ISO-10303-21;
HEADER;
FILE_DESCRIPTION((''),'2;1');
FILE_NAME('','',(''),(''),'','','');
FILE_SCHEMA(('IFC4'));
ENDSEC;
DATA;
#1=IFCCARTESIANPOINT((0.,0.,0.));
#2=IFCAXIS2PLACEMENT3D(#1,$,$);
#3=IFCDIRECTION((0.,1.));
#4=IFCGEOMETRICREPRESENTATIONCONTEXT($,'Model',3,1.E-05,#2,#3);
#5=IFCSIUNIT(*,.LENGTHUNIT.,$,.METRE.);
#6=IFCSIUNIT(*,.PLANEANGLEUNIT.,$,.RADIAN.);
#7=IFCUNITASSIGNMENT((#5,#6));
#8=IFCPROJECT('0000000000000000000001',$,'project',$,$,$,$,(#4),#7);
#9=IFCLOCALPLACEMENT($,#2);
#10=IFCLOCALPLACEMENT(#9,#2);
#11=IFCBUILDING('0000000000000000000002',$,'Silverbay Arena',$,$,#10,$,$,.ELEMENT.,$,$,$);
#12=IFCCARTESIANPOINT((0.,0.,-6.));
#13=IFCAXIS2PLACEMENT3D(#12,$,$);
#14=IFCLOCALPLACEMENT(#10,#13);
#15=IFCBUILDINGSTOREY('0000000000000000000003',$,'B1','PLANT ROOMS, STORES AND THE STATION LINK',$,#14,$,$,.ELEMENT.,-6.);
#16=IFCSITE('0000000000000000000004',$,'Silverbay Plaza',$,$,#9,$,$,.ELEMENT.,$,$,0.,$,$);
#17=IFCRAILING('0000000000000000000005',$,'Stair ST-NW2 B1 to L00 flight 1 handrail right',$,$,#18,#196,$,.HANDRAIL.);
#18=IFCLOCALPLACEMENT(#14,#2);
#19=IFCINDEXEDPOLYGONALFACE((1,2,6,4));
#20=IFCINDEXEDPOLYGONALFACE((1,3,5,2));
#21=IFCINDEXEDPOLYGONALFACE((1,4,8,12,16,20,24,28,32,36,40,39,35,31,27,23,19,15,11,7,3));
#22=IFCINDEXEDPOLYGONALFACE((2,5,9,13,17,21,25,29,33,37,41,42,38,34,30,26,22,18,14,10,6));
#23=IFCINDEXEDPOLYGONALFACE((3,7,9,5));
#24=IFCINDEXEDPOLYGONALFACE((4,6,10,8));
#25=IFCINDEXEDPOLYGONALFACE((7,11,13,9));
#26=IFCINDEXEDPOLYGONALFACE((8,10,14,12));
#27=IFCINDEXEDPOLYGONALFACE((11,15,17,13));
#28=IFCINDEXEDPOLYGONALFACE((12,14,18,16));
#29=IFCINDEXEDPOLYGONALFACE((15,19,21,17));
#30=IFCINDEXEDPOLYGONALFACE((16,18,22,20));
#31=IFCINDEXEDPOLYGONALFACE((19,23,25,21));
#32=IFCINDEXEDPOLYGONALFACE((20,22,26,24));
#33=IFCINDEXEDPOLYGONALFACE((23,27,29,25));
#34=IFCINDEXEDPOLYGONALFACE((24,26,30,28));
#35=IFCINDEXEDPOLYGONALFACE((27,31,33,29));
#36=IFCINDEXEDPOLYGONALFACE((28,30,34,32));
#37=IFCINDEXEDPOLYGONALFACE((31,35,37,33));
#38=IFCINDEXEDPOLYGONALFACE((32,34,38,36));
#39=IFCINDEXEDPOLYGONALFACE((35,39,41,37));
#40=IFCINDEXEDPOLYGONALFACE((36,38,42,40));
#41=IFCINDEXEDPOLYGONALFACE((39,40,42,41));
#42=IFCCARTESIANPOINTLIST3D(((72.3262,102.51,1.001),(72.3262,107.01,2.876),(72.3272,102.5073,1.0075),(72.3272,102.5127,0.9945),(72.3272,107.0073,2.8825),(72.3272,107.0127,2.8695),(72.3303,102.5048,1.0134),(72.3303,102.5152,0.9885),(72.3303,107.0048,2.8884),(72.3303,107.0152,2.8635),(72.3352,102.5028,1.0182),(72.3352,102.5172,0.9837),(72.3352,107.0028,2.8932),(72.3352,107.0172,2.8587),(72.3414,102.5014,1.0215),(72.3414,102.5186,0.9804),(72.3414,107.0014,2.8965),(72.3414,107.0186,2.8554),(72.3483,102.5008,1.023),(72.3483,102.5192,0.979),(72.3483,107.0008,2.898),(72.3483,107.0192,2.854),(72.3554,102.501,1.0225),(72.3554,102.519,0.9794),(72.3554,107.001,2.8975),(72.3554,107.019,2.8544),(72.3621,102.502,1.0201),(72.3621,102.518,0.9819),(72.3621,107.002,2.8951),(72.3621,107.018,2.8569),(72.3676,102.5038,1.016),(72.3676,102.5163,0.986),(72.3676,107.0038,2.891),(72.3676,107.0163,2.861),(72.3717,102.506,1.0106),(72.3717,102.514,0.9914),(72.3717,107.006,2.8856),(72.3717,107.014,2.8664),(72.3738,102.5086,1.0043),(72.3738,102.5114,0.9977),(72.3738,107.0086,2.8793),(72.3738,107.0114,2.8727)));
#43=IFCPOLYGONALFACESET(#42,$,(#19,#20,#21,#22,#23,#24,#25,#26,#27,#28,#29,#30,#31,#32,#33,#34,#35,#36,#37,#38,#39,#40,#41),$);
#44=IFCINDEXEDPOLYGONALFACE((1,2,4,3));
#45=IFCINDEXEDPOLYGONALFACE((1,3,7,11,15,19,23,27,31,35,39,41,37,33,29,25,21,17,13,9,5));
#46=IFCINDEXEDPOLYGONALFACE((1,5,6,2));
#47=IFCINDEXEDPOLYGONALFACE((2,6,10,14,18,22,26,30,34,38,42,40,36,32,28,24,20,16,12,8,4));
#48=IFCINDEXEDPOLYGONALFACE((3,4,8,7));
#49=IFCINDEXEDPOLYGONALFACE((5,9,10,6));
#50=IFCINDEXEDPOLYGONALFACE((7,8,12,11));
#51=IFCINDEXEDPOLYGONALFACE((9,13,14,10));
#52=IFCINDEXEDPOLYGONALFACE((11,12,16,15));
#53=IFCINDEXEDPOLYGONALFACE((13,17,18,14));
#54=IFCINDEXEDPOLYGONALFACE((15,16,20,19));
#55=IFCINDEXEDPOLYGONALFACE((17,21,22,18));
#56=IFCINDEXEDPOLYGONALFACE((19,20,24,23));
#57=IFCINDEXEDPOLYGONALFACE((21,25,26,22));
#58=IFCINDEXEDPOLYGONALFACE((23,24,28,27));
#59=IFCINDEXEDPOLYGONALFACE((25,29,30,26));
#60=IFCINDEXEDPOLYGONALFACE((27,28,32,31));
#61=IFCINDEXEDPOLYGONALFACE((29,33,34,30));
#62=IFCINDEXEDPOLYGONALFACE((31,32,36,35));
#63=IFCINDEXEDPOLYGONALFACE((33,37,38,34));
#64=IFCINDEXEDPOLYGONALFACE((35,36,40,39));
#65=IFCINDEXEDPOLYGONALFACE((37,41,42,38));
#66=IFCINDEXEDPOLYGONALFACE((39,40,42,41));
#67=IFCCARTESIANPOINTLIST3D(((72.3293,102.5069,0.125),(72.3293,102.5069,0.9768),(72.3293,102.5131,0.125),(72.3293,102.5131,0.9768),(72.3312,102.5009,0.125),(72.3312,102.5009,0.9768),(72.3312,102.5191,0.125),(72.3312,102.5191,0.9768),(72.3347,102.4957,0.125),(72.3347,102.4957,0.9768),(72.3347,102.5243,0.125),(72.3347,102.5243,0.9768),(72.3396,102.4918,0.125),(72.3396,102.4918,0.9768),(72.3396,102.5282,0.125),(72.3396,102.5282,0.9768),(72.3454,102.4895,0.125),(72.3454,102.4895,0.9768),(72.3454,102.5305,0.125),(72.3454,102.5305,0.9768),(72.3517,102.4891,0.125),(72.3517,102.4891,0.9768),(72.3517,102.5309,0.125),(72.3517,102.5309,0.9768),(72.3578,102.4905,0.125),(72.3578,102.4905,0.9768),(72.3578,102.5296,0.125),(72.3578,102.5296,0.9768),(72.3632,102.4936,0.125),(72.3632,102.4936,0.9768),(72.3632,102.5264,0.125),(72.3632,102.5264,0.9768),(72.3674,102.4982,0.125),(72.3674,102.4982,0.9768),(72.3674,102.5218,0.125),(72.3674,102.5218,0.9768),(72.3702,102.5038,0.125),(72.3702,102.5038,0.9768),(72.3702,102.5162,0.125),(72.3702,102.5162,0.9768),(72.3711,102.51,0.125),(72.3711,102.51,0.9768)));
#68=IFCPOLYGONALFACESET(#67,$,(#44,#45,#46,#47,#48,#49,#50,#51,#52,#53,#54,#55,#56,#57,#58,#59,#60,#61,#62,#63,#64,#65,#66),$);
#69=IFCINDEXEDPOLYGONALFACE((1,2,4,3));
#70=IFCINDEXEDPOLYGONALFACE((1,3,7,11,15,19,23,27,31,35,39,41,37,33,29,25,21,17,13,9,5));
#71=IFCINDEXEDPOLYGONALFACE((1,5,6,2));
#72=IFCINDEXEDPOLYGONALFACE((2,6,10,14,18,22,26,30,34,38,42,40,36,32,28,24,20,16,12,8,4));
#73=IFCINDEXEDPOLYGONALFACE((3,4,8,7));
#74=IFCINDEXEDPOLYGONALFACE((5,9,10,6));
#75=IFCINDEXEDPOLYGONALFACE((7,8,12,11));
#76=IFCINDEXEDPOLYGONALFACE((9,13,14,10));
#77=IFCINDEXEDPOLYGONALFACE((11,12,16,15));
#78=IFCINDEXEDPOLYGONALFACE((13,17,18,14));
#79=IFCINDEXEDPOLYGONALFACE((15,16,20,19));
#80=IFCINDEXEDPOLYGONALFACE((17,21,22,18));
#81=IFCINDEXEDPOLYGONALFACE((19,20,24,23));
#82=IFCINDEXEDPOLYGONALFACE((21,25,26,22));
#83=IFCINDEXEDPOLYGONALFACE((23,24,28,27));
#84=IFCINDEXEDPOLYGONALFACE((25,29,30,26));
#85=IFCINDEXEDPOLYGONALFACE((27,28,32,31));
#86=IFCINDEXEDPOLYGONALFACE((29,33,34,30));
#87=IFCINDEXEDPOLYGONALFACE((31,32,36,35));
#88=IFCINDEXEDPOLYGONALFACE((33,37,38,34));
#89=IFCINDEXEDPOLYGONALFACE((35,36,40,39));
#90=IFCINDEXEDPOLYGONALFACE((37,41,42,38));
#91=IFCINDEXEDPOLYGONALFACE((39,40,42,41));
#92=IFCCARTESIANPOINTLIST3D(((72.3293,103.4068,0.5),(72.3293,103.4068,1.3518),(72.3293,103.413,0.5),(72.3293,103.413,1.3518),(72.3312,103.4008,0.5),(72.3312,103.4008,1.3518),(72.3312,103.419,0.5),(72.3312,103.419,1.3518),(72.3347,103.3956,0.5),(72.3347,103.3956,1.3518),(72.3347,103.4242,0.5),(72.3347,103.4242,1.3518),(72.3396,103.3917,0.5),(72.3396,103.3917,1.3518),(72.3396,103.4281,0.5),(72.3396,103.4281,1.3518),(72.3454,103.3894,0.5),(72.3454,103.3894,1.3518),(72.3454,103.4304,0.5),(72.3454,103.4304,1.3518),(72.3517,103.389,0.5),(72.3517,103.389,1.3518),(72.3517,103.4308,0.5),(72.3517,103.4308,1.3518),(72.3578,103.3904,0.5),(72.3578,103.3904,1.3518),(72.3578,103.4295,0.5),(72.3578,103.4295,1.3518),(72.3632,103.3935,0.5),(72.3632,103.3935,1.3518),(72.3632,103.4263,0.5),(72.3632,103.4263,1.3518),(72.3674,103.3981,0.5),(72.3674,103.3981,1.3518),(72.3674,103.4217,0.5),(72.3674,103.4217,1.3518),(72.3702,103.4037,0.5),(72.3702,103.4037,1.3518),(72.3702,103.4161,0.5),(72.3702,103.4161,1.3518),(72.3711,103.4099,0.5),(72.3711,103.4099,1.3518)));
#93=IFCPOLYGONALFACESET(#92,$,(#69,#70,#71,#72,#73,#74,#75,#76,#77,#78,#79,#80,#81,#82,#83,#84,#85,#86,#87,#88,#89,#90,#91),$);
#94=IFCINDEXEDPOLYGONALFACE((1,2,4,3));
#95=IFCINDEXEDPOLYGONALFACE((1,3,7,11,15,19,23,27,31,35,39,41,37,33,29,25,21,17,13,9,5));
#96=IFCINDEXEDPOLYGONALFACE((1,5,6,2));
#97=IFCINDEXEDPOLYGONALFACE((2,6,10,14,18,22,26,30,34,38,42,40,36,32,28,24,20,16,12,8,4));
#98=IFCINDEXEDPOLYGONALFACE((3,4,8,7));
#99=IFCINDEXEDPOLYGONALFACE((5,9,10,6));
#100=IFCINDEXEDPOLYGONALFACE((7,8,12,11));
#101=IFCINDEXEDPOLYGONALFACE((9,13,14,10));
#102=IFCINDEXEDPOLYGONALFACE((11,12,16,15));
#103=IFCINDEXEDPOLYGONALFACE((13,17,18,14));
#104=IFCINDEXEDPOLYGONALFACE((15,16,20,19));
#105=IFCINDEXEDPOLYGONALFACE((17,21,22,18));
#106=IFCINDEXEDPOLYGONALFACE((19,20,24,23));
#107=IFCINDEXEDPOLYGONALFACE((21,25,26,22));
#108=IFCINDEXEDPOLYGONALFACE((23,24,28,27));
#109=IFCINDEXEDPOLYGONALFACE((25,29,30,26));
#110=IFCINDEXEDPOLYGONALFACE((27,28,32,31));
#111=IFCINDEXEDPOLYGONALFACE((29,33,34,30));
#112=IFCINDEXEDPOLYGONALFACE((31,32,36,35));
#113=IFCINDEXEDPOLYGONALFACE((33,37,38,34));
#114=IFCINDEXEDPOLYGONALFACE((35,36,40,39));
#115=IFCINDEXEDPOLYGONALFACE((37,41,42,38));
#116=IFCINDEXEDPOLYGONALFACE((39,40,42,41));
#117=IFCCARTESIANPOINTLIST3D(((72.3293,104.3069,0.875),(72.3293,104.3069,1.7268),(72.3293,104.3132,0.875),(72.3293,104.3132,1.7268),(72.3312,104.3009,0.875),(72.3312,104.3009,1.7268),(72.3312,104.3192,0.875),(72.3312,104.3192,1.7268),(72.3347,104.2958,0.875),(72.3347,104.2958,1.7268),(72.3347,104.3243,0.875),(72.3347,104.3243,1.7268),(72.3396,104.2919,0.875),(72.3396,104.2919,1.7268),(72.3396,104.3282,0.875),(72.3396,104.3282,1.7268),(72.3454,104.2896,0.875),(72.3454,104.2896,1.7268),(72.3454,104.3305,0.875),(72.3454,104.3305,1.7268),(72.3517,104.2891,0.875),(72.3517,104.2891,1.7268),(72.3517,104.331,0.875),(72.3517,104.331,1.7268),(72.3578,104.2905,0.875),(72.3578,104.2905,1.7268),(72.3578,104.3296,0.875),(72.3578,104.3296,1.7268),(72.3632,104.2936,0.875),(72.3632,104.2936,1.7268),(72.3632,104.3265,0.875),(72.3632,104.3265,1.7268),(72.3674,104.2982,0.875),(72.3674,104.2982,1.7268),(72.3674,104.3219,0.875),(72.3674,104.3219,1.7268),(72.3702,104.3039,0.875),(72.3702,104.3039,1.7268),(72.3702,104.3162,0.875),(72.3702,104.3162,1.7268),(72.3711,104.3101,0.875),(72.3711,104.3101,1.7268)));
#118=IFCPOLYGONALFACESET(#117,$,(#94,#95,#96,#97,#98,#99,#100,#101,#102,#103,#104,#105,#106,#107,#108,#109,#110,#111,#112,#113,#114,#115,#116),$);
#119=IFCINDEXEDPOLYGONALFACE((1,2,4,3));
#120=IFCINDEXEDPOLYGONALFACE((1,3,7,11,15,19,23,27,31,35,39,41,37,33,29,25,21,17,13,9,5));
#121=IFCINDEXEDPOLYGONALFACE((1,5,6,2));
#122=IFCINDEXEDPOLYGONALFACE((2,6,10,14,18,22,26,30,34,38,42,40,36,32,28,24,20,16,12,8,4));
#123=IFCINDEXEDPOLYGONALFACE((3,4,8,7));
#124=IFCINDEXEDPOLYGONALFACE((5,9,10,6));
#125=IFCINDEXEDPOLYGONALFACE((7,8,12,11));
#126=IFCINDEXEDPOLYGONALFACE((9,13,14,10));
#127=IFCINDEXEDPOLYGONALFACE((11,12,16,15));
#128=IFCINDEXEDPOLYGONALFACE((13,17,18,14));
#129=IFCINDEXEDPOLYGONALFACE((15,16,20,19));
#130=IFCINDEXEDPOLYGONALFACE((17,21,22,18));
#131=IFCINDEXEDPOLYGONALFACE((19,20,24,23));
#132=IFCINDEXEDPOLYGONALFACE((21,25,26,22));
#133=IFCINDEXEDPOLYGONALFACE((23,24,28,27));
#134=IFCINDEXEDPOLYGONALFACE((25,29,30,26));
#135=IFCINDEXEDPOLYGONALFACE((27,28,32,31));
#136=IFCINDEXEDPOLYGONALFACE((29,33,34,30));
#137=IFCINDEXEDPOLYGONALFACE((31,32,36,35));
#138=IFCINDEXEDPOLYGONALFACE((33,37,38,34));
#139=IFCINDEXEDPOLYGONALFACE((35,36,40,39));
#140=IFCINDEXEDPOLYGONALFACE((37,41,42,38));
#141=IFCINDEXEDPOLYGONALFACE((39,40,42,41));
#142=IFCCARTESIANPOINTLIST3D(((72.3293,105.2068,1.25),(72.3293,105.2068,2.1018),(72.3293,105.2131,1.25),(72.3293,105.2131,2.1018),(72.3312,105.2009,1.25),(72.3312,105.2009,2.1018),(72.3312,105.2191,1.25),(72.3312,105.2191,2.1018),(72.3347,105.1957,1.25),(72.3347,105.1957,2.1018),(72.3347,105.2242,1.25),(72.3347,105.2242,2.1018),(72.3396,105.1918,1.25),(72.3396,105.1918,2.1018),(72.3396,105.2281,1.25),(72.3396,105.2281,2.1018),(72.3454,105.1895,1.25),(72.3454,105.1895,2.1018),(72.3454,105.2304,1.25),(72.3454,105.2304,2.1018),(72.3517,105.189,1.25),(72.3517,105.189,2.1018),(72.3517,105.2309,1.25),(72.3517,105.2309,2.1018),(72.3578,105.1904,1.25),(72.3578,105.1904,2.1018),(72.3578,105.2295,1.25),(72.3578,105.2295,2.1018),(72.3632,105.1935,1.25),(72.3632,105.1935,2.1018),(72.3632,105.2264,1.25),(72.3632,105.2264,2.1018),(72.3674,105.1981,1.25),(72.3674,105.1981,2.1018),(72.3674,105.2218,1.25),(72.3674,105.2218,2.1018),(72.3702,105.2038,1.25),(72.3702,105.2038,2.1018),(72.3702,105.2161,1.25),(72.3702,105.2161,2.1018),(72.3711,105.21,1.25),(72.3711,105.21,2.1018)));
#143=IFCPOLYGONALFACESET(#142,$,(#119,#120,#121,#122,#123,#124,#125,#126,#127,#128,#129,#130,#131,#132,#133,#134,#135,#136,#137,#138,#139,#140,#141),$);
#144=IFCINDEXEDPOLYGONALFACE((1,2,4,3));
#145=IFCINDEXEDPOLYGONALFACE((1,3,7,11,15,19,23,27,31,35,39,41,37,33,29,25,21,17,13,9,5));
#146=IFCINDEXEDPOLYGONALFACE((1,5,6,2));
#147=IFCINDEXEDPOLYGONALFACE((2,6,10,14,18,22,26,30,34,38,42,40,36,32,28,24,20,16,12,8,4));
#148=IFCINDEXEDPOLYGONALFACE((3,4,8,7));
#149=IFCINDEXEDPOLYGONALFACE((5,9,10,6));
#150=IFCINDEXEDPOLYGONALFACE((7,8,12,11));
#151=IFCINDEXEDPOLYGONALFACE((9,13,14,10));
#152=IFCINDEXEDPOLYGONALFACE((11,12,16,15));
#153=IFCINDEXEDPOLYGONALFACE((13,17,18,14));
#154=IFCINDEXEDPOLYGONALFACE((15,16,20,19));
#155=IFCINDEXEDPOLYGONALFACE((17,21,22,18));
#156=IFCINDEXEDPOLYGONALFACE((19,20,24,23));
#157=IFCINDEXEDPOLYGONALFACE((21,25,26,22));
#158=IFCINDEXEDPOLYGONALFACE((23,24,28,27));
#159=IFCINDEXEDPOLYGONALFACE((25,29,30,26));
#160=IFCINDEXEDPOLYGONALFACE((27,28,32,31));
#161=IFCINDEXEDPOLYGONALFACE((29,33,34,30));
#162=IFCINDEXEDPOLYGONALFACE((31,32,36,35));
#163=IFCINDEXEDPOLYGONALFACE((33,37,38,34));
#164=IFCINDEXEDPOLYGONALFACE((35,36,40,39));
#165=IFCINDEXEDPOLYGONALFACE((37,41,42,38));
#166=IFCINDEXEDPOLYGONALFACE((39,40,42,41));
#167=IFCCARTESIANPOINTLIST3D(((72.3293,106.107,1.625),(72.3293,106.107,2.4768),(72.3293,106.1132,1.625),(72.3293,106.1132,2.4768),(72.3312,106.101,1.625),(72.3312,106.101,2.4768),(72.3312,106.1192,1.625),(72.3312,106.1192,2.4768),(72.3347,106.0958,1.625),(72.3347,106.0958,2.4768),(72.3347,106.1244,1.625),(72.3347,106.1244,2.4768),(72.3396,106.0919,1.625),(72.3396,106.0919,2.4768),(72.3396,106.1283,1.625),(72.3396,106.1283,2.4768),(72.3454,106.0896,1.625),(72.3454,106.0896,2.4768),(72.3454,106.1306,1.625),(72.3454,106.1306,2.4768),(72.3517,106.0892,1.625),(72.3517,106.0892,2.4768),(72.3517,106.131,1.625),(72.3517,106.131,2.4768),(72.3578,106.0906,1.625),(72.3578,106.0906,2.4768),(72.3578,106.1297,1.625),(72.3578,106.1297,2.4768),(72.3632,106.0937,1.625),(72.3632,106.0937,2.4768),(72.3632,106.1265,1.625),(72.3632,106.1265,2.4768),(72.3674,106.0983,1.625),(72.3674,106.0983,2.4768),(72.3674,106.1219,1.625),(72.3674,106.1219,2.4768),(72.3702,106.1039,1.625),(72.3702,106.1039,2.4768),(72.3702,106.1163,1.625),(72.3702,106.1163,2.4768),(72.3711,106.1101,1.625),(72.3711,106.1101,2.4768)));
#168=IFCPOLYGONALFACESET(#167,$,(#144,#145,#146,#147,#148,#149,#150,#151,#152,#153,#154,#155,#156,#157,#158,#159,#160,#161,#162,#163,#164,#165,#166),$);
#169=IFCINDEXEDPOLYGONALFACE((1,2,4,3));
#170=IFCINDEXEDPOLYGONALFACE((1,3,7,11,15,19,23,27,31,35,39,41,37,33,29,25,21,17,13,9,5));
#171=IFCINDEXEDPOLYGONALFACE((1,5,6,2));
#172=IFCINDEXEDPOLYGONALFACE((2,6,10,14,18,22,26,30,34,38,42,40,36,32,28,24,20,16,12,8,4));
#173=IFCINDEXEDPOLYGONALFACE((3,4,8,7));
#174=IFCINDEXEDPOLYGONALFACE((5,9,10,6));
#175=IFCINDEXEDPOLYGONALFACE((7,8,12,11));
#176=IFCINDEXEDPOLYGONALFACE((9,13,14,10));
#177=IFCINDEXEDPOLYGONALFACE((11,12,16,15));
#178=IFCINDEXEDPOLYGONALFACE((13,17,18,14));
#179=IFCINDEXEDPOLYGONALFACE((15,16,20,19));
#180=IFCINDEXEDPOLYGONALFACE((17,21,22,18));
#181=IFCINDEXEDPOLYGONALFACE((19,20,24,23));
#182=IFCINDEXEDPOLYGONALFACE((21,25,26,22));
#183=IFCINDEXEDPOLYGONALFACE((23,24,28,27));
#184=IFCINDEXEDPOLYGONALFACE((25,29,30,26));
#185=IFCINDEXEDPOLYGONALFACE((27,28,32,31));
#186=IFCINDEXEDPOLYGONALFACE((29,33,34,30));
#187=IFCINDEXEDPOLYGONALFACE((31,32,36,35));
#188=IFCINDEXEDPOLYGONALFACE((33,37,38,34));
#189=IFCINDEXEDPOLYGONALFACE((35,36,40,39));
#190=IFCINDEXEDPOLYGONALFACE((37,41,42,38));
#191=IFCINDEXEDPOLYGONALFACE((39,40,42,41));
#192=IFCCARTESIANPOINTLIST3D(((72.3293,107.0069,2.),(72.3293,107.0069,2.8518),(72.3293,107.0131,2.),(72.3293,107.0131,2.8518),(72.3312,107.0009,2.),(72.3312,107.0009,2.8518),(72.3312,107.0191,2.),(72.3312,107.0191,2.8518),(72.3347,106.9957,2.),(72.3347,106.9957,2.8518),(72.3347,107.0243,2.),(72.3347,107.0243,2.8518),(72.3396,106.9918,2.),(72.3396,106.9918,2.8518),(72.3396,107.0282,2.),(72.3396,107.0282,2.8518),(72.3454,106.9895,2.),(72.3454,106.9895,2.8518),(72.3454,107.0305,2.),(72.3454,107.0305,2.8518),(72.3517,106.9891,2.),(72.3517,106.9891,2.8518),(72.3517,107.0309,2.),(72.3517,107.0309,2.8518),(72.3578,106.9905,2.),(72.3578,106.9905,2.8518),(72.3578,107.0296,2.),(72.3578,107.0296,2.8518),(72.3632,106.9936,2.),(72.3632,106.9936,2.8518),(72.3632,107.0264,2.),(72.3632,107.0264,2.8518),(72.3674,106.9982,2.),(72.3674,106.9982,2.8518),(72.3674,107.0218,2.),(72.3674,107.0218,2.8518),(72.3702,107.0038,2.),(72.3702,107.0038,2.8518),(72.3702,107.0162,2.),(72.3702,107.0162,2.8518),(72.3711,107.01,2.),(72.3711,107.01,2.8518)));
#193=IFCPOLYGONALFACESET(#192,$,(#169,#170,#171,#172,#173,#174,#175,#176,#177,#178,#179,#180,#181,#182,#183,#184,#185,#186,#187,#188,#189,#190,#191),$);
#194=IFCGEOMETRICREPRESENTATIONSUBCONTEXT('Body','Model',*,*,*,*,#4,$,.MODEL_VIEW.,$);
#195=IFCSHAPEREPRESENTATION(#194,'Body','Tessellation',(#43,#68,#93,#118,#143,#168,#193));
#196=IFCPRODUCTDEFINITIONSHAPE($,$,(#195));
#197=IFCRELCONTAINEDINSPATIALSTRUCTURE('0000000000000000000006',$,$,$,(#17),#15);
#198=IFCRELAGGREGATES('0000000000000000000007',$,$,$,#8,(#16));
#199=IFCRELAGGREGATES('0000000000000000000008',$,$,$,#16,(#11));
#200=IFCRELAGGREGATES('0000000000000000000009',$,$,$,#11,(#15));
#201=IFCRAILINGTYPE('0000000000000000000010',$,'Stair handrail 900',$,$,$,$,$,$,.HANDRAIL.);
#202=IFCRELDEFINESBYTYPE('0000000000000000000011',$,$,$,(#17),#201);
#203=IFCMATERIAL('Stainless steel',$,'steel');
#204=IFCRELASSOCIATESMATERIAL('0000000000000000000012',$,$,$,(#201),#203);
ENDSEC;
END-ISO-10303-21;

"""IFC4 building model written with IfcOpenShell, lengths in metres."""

from ifc_helpers import new_model, si_unit, direction, frame, origin, origin_2d, place, context, subcontext, project, spatial, circle, extrude, material, type_object, element, save


model = new_model("IFC4")

# Units and contexts
model_context = context("Model", 3, precision=1e-05, world=origin(), true_north=direction((0.0, 1.0)))
body_context = subcontext(model_context, "Body", "Model", "MODEL_VIEW")
ifc_project = project(units=[si_unit("LENGTHUNIT", "METRE"), si_unit("PLANEANGLEUNIT", "RADIAN")], contexts=[model_context])

# Site, building, storey
site_placement = place(None, origin())
site = spatial("IfcSite", under=ifc_project, at=site_placement, Name="Silverbay Plaza", CompositionType="ELEMENT", RefElevation=0.0)
building_placement = place(site_placement, origin())
building = spatial("IfcBuilding", under=site, at=building_placement, Name="Silverbay Arena", CompositionType="ELEMENT")
storey_placement = place(building_placement, frame((0.0, 0.0, -6.0)))
storey = spatial("IfcBuildingStorey", under=building, at=storey_placement, Name="B1", Description="PLANT ROOMS, STORES AND THE STATION LINK", CompositionType="ELEMENT", Elevation=-6.0)

# Railing
ifc_material_1 = material(Name="Stainless steel", Category="steel")
railing_type_1 = type_object("IfcRailingType", Name="Stair handrail 900", PredefinedType="HANDRAIL", material=ifc_material_1)
railing_1_placement = place(storey_placement, frame((72.3501, 102.51, 0.125)))
element("IfcRailing", 1, at=railing_1_placement, inside=storey, type_object=railing_type_1, Name="Stair ST-NW2 B1 to L00 flight 1 handrail right", PredefinedType="HANDRAIL", context=body_context, shape_type="SweptSolid", body=[
    extrude(circle(Radius=0.0239, at=origin_2d()), frame((0.0, 0.0, 0.876), z_axis=(0.0, 0.923077, 0.384615), x_axis=(-1.0, 0.0, 0.0)), (0.0, 0.0, 1.0), 4.875),
    extrude(circle(Radius=0.021, at=origin_2d()), origin(), (0.0, 0.0, 1.0), 0.8518),
    extrude(circle(Radius=0.021, at=origin_2d()), frame((0.0, 0.8999, 0.375)), (0.0, 0.0, 1.0), 0.8518),
    extrude(circle(Radius=0.021, at=origin_2d()), frame((0.0, 1.8, 0.75)), (0.0, 0.0, 1.0), 0.8518),
    extrude(circle(Radius=0.021, at=origin_2d()), frame((0.0, 2.7, 1.125)), (0.0, 0.0, 1.0), 0.8518),
    extrude(circle(Radius=0.021, at=origin_2d()), frame((0.0, 3.6001, 1.5)), (0.0, 0.0, 1.0), 0.8518),
    extrude(circle(Radius=0.021, at=origin_2d()), frame((0.0, 4.5, 1.875)), (0.0, 0.0, 1.0), 0.8518),
])

save(model, "model.ifc")
